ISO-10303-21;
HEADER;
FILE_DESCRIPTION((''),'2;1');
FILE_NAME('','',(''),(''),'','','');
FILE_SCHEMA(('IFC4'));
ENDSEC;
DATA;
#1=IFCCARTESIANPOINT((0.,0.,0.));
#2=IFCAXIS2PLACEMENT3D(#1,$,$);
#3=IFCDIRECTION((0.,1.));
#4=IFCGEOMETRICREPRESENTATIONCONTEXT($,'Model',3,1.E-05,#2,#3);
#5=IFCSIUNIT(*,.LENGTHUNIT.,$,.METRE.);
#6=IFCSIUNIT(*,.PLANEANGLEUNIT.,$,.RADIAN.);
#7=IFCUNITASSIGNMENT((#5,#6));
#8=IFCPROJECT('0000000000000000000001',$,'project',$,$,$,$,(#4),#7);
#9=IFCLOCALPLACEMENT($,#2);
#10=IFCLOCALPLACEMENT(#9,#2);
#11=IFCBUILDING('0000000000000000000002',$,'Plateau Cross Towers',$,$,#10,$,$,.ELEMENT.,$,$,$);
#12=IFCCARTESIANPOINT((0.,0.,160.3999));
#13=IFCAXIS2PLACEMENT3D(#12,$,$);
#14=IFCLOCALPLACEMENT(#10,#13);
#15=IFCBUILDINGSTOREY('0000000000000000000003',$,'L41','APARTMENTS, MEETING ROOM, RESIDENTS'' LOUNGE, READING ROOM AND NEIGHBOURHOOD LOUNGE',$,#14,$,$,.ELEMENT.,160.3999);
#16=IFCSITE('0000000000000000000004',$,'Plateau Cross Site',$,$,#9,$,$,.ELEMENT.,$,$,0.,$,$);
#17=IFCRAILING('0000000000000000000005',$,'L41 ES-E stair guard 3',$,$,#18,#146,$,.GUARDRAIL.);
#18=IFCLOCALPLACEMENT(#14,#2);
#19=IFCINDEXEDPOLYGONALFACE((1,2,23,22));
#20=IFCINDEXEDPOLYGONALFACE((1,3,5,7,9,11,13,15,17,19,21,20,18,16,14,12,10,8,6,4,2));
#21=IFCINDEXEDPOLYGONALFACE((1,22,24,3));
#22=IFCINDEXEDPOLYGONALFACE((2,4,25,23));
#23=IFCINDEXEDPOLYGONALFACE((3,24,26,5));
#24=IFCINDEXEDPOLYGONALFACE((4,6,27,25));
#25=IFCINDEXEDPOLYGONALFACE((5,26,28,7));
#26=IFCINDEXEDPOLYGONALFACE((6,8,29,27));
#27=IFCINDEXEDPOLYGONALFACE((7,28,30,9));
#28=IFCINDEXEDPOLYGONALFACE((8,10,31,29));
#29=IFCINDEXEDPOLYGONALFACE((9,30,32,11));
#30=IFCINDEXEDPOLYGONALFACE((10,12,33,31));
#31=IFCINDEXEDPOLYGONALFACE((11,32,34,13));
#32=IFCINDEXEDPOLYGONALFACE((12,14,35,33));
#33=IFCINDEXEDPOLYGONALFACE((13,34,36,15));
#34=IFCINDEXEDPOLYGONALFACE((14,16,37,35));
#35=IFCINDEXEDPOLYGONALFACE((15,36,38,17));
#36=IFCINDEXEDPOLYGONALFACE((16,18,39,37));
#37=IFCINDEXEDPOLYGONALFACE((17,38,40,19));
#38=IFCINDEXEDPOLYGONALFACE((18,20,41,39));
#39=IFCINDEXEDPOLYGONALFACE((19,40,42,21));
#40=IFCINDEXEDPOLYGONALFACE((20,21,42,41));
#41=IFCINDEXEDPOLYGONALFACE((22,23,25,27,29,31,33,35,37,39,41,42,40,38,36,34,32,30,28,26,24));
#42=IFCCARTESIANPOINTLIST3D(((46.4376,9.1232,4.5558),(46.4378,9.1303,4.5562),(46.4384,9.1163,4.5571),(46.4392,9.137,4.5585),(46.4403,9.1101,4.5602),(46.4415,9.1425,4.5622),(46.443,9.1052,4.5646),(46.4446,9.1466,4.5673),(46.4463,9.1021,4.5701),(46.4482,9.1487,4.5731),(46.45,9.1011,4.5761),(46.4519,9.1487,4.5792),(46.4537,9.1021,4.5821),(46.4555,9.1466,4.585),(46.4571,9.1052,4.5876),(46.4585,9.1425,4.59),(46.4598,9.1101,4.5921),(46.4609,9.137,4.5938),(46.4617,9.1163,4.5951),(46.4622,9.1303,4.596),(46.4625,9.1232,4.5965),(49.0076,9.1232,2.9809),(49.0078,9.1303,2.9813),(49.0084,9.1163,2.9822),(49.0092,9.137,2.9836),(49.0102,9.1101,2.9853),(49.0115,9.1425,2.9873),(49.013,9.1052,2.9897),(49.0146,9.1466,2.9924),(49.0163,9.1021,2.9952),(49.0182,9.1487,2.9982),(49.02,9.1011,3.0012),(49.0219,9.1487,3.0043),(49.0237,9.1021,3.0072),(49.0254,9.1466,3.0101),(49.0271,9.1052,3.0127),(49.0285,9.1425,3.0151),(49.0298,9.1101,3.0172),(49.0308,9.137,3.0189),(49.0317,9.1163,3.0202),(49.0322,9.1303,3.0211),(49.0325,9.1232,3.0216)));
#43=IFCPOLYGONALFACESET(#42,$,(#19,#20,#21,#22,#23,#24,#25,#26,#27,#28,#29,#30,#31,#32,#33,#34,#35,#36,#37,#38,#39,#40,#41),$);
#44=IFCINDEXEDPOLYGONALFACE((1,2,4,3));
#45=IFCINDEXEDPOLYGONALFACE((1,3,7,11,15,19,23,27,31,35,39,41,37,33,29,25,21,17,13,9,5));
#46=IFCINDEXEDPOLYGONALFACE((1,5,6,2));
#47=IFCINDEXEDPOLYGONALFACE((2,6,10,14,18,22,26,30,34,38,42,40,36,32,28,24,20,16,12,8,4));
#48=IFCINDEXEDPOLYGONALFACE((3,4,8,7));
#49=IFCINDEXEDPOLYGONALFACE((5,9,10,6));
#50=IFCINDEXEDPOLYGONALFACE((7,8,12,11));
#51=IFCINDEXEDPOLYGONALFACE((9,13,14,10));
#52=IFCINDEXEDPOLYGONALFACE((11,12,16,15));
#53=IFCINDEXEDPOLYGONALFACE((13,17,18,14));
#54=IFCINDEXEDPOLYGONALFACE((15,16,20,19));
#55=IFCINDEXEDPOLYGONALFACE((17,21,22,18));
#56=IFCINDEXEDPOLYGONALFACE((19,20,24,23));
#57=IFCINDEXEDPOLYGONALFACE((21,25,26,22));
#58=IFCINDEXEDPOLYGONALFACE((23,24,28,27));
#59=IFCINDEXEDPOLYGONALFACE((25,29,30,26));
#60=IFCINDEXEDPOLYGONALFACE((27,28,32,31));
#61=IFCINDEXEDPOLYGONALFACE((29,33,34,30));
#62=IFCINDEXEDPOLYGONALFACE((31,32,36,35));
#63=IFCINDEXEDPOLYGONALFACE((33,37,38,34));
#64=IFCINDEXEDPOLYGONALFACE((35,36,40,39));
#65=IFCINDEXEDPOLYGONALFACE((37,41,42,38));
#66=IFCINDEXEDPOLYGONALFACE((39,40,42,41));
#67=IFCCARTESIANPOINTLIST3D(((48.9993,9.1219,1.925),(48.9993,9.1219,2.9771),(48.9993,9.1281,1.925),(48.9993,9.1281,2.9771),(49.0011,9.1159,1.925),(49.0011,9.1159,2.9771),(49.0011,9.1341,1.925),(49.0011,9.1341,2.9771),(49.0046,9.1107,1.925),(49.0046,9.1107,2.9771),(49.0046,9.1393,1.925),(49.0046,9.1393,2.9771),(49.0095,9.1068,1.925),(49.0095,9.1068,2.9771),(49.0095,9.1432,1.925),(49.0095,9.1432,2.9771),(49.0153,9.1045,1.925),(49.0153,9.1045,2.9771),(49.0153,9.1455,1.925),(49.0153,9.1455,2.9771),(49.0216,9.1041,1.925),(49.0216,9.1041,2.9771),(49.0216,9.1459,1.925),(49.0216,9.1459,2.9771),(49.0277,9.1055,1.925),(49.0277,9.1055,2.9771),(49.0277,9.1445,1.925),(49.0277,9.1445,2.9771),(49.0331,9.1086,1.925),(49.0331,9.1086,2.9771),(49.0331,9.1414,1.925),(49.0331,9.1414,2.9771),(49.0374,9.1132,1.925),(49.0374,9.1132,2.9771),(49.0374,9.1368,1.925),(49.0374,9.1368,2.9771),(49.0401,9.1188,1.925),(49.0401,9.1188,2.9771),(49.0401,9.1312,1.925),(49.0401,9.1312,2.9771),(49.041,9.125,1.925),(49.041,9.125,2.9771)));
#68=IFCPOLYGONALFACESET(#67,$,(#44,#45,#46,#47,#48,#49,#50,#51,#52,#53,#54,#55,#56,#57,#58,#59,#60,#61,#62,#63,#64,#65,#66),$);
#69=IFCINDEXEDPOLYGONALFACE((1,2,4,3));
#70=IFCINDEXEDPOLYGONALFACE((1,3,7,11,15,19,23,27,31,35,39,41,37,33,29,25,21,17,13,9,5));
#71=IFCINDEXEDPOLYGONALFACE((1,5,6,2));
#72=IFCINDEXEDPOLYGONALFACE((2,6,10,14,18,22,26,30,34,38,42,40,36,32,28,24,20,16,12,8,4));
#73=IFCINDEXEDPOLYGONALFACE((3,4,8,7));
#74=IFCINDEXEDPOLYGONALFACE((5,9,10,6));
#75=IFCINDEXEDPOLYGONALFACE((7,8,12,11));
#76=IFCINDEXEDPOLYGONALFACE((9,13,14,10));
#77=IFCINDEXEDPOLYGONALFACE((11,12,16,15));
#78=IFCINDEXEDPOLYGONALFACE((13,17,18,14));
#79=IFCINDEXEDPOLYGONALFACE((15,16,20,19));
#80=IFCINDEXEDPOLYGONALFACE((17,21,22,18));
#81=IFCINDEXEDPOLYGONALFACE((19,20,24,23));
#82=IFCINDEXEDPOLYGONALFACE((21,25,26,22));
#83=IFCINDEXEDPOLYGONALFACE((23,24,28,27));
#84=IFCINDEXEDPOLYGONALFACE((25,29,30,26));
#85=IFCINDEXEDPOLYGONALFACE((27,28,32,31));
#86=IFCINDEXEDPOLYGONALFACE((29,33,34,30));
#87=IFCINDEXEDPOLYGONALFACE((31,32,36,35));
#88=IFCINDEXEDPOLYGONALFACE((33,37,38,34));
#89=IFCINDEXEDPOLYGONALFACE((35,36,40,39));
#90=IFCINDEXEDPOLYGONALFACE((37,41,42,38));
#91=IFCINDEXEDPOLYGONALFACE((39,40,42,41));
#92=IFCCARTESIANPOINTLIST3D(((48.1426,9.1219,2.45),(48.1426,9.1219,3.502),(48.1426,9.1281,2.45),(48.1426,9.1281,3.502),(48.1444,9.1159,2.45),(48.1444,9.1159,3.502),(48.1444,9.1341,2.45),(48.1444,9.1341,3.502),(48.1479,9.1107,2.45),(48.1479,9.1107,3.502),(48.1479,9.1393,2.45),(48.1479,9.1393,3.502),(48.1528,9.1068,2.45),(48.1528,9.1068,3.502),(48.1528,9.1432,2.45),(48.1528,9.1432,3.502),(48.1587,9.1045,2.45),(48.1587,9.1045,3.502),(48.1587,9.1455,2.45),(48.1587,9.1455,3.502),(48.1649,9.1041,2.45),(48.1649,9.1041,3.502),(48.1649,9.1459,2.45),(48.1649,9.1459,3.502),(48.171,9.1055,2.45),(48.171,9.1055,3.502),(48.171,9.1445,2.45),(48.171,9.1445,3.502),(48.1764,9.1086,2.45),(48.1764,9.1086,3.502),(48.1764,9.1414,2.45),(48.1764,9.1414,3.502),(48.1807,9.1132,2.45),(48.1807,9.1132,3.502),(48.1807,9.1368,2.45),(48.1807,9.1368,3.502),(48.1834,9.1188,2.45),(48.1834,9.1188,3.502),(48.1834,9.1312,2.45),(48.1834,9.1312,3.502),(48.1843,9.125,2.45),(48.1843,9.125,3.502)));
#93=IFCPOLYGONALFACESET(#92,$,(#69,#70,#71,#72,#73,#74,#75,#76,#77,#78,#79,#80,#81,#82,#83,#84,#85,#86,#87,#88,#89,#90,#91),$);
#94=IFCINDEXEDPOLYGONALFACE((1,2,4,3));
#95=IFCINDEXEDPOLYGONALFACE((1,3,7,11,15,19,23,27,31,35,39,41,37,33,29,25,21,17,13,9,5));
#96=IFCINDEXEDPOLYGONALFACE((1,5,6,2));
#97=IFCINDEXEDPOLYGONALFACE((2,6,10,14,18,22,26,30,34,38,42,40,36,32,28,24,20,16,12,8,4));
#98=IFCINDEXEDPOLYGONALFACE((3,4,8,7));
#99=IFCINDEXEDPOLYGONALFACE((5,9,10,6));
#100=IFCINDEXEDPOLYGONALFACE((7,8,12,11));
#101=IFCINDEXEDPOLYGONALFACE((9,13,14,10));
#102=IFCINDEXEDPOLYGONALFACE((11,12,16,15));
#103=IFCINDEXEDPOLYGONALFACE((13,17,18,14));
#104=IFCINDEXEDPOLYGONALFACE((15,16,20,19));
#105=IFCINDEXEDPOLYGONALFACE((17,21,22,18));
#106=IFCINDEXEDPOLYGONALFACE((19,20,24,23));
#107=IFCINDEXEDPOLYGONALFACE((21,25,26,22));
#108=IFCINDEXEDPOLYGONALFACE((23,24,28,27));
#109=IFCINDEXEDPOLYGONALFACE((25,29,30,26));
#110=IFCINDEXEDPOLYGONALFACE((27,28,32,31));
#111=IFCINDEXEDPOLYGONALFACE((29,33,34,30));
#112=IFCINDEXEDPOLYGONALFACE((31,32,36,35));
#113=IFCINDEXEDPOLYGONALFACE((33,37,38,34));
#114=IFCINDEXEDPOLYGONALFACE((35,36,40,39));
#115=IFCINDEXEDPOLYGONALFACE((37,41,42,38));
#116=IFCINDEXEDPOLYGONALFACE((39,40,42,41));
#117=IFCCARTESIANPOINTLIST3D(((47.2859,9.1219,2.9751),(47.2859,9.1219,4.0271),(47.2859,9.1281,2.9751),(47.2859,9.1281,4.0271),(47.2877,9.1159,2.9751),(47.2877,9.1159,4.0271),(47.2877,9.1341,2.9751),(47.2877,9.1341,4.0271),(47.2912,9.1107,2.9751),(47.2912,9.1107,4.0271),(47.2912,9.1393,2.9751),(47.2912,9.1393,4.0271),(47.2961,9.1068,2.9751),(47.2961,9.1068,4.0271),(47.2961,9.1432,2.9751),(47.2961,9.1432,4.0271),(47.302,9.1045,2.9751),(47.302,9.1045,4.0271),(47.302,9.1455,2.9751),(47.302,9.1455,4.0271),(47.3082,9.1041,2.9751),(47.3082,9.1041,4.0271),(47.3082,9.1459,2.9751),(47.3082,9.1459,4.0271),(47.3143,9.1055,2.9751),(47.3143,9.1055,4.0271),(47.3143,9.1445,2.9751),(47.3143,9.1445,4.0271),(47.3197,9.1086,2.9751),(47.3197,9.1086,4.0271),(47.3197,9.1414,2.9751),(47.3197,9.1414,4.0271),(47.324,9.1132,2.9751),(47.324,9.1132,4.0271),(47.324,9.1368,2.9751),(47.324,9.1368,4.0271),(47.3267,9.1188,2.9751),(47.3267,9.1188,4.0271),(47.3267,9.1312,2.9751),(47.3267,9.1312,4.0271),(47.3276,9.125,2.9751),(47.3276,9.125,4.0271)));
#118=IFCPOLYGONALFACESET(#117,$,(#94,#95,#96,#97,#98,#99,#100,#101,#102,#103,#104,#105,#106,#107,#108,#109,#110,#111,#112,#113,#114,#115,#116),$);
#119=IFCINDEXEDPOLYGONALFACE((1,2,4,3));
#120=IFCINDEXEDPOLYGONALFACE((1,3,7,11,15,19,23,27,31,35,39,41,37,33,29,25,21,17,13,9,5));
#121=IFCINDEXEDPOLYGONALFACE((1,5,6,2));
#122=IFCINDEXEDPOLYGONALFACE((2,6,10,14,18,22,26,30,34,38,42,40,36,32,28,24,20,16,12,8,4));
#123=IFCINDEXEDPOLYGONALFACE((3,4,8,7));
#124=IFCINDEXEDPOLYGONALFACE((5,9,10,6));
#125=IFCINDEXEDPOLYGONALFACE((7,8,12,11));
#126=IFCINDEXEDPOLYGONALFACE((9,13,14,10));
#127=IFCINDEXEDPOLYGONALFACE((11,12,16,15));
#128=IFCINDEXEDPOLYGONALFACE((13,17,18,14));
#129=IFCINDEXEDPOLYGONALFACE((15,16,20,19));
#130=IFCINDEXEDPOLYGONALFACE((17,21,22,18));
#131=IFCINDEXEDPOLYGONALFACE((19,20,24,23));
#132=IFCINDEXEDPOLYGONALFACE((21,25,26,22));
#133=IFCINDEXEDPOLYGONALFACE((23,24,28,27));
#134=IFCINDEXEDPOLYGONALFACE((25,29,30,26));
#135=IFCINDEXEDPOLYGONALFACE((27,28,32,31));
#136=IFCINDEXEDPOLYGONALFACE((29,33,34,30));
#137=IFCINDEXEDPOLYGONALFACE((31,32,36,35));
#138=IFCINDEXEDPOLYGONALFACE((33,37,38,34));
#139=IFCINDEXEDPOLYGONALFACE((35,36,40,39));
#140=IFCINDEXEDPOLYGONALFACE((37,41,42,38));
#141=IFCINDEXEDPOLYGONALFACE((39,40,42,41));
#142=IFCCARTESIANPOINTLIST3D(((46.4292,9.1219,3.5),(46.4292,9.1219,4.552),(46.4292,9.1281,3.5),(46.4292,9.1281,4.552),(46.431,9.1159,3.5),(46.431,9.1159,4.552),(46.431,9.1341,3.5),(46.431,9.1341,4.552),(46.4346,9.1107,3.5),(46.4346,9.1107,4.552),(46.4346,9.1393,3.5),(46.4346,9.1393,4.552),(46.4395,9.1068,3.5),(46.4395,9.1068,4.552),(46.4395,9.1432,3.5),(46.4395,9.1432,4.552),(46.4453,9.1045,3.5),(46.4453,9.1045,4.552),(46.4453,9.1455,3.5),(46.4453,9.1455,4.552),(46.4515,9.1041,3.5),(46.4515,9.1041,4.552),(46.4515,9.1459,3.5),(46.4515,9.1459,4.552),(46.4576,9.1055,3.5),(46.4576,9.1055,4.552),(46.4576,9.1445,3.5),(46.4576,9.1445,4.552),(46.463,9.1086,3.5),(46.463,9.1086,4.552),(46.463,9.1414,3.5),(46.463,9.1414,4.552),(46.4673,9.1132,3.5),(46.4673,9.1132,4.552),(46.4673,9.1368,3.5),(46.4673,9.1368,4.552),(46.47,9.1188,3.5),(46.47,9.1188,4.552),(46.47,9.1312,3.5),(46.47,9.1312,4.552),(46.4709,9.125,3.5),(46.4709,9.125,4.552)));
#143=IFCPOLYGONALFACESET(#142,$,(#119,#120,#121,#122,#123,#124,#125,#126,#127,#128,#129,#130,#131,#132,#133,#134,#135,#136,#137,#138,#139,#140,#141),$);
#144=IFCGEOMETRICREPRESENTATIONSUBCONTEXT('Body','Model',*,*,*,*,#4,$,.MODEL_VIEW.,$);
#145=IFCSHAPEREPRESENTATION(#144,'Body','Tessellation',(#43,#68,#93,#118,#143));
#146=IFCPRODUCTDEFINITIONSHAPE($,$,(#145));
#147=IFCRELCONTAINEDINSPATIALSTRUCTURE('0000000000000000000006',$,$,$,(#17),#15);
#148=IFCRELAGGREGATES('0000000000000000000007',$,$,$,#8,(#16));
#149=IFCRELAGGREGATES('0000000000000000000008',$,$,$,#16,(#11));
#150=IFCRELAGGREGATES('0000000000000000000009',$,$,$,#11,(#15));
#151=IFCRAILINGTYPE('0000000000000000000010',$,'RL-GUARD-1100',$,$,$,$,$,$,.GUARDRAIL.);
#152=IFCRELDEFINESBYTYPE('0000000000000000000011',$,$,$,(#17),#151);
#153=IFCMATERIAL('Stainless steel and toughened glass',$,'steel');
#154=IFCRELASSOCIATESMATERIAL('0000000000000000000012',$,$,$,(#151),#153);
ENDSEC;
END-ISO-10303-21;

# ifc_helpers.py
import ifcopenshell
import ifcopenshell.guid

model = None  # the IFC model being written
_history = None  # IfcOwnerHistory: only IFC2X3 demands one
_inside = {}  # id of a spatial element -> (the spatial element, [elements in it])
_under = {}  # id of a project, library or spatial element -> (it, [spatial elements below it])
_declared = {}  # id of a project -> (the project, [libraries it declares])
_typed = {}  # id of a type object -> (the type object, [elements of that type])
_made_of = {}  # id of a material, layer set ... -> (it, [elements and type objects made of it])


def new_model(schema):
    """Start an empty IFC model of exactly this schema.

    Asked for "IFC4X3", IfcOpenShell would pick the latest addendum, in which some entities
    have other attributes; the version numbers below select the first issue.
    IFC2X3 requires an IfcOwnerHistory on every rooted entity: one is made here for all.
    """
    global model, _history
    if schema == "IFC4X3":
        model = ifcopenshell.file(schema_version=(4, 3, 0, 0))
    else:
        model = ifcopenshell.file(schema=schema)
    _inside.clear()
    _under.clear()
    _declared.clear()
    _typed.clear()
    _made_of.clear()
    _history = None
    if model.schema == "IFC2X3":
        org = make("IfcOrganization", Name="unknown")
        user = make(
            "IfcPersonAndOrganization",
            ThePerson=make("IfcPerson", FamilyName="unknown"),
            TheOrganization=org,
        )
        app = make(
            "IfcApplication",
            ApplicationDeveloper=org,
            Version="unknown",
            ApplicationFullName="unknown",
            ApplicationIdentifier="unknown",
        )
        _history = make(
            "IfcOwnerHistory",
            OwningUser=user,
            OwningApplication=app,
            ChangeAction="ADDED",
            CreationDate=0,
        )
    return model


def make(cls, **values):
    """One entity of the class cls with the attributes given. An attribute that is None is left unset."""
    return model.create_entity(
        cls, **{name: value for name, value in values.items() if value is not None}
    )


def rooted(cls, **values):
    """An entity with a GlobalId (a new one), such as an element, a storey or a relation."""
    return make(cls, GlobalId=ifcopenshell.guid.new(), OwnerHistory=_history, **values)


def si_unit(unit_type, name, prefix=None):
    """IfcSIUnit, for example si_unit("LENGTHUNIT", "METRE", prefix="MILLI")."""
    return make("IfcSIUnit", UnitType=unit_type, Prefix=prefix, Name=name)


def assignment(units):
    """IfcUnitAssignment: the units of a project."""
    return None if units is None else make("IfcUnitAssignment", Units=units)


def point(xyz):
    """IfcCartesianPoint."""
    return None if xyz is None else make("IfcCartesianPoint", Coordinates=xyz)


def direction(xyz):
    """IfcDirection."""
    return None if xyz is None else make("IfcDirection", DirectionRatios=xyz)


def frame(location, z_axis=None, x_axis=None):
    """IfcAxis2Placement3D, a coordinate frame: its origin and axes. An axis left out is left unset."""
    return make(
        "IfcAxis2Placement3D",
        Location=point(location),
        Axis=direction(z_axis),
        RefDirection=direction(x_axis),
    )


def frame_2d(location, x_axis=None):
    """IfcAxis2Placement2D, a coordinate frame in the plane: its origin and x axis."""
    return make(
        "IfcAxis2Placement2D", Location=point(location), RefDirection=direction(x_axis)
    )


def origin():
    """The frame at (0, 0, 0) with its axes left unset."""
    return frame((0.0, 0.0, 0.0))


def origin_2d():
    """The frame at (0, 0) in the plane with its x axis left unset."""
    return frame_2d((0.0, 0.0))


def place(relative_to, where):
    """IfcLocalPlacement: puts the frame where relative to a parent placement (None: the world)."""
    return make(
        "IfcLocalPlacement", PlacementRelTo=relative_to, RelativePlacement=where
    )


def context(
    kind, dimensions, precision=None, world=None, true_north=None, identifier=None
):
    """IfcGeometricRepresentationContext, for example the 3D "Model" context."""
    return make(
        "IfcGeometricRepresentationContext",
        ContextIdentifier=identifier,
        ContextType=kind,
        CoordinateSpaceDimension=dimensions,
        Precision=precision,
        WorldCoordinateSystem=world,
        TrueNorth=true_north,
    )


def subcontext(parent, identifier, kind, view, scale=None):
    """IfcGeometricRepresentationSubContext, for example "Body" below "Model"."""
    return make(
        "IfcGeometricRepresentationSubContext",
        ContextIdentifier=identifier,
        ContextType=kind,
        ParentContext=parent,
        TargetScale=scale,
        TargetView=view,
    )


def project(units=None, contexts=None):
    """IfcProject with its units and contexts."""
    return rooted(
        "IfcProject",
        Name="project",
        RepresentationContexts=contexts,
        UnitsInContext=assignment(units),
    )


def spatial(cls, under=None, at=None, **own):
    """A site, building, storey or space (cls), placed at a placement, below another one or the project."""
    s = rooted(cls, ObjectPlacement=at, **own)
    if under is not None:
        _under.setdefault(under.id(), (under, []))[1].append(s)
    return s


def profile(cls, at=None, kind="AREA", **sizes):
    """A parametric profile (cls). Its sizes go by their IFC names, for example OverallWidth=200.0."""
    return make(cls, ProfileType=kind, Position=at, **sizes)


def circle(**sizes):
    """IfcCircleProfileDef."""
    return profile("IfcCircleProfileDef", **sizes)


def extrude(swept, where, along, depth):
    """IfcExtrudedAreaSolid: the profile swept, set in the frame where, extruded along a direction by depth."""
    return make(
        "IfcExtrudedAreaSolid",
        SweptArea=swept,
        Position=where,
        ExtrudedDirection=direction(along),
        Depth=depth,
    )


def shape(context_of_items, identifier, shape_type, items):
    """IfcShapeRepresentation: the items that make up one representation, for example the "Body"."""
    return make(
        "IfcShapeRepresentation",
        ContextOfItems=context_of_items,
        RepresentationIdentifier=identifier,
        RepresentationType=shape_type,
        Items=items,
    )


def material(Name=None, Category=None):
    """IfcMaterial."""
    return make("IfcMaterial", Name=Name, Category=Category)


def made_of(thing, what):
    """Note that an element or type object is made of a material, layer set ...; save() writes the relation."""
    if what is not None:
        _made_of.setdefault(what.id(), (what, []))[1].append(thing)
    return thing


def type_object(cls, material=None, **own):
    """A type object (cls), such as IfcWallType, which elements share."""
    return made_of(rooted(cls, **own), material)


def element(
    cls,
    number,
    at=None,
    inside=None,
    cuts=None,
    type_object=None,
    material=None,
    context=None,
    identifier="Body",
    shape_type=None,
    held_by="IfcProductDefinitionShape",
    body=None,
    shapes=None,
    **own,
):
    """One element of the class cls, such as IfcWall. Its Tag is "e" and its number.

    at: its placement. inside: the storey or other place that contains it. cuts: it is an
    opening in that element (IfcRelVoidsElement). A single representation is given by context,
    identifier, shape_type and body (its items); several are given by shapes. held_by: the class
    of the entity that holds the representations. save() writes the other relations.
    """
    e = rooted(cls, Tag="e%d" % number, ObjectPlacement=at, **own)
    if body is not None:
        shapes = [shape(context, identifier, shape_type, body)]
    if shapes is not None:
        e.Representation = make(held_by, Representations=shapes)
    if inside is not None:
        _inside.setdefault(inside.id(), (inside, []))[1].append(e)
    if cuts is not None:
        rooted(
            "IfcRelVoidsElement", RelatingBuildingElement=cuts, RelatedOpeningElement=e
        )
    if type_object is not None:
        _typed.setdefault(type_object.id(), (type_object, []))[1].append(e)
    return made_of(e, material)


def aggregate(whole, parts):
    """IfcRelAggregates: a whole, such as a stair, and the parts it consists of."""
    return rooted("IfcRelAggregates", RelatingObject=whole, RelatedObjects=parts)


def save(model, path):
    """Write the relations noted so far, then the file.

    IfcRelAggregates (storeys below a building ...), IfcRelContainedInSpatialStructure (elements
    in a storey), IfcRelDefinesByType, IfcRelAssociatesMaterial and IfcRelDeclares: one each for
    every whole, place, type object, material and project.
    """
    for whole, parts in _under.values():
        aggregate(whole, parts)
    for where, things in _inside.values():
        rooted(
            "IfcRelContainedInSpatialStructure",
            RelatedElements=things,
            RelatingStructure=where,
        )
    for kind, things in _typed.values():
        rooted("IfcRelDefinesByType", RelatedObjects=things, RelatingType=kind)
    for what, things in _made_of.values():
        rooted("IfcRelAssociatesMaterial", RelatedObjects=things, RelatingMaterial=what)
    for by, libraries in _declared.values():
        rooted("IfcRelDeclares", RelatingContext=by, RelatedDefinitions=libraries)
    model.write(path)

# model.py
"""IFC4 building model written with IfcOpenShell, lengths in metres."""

from ifc_helpers import new_model, si_unit, direction, frame, origin, origin_2d, place, context, subcontext, project, spatial, circle, extrude, material, type_object, element, save


model = new_model("IFC4")

# Units and contexts
model_context = context("Model", 3, precision=1e-05, world=origin(), true_north=direction((0.0, 1.0)))
body_context = subcontext(model_context, "Body", "Model", "MODEL_VIEW")
ifc_project = project(units=[si_unit("LENGTHUNIT", "METRE"), si_unit("PLANEANGLEUNIT", "RADIAN")], contexts=[model_context])

# Site, building, storey
site_placement = place(None, origin())
site = spatial("IfcSite", under=ifc_project, at=site_placement, Name="Plateau Cross Site", CompositionType="ELEMENT", RefElevation=0.0)
building_placement = place(site_placement, origin())
building = spatial("IfcBuilding", under=site, at=building_placement, Name="Plateau Cross Towers", CompositionType="ELEMENT")
storey_placement = place(building_placement, frame((0.0, 0.0, 160.3999)))
storey = spatial("IfcBuildingStorey", under=building, at=storey_placement, Name="L41", Description="APARTMENTS, MEETING ROOM, RESIDENTS' LOUNGE, READING ROOM AND NEIGHBOURHOOD LOUNGE", CompositionType="ELEMENT", Elevation=160.3999)

# Railing
ifc_material_1 = material(Name="Stainless steel and toughened glass", Category="steel")
railing_type_1 = type_object("IfcRailingType", Name="RL-GUARD-1100", PredefinedType="GUARDRAIL", material=ifc_material_1)
railing_1_placement = place(storey_placement, frame((49.02, 9.125, 1.925)))
element("IfcRailing", 1, at=railing_1_placement, inside=storey, type_object=railing_type_1, Name="L41 ES-E stair guard 3", PredefinedType="GUARDRAIL", context=body_context, shape_type="SweptSolid", body=[
    extrude(circle(Radius=0.0239, at=origin_2d()), frame((0.0, 0.0, 1.0762), z_axis=(-0.852639, 0.0, 0.522501), x_axis=(0.0, -1.0, 0.0)), (0.0, 0.0, 1.0), 3.0142),
    extrude(circle(Radius=0.021, at=origin_2d()), origin(), (0.0, 0.0, 1.0), 1.052),
    extrude(circle(Radius=0.021, at=origin_2d()), frame((-0.8567, 0.0, 0.5249)), (0.0, 0.0, 1.0), 1.052),
    extrude(circle(Radius=0.021, at=origin_2d()), frame((-1.7134, 0.0, 1.05)), (0.0, 0.0, 1.0), 1.052),
    extrude(circle(Radius=0.021, at=origin_2d()), frame((-2.5701, 0.0, 1.575)), (0.0, 0.0, 1.0), 1.052),
])

save(model, "model.ifc")
